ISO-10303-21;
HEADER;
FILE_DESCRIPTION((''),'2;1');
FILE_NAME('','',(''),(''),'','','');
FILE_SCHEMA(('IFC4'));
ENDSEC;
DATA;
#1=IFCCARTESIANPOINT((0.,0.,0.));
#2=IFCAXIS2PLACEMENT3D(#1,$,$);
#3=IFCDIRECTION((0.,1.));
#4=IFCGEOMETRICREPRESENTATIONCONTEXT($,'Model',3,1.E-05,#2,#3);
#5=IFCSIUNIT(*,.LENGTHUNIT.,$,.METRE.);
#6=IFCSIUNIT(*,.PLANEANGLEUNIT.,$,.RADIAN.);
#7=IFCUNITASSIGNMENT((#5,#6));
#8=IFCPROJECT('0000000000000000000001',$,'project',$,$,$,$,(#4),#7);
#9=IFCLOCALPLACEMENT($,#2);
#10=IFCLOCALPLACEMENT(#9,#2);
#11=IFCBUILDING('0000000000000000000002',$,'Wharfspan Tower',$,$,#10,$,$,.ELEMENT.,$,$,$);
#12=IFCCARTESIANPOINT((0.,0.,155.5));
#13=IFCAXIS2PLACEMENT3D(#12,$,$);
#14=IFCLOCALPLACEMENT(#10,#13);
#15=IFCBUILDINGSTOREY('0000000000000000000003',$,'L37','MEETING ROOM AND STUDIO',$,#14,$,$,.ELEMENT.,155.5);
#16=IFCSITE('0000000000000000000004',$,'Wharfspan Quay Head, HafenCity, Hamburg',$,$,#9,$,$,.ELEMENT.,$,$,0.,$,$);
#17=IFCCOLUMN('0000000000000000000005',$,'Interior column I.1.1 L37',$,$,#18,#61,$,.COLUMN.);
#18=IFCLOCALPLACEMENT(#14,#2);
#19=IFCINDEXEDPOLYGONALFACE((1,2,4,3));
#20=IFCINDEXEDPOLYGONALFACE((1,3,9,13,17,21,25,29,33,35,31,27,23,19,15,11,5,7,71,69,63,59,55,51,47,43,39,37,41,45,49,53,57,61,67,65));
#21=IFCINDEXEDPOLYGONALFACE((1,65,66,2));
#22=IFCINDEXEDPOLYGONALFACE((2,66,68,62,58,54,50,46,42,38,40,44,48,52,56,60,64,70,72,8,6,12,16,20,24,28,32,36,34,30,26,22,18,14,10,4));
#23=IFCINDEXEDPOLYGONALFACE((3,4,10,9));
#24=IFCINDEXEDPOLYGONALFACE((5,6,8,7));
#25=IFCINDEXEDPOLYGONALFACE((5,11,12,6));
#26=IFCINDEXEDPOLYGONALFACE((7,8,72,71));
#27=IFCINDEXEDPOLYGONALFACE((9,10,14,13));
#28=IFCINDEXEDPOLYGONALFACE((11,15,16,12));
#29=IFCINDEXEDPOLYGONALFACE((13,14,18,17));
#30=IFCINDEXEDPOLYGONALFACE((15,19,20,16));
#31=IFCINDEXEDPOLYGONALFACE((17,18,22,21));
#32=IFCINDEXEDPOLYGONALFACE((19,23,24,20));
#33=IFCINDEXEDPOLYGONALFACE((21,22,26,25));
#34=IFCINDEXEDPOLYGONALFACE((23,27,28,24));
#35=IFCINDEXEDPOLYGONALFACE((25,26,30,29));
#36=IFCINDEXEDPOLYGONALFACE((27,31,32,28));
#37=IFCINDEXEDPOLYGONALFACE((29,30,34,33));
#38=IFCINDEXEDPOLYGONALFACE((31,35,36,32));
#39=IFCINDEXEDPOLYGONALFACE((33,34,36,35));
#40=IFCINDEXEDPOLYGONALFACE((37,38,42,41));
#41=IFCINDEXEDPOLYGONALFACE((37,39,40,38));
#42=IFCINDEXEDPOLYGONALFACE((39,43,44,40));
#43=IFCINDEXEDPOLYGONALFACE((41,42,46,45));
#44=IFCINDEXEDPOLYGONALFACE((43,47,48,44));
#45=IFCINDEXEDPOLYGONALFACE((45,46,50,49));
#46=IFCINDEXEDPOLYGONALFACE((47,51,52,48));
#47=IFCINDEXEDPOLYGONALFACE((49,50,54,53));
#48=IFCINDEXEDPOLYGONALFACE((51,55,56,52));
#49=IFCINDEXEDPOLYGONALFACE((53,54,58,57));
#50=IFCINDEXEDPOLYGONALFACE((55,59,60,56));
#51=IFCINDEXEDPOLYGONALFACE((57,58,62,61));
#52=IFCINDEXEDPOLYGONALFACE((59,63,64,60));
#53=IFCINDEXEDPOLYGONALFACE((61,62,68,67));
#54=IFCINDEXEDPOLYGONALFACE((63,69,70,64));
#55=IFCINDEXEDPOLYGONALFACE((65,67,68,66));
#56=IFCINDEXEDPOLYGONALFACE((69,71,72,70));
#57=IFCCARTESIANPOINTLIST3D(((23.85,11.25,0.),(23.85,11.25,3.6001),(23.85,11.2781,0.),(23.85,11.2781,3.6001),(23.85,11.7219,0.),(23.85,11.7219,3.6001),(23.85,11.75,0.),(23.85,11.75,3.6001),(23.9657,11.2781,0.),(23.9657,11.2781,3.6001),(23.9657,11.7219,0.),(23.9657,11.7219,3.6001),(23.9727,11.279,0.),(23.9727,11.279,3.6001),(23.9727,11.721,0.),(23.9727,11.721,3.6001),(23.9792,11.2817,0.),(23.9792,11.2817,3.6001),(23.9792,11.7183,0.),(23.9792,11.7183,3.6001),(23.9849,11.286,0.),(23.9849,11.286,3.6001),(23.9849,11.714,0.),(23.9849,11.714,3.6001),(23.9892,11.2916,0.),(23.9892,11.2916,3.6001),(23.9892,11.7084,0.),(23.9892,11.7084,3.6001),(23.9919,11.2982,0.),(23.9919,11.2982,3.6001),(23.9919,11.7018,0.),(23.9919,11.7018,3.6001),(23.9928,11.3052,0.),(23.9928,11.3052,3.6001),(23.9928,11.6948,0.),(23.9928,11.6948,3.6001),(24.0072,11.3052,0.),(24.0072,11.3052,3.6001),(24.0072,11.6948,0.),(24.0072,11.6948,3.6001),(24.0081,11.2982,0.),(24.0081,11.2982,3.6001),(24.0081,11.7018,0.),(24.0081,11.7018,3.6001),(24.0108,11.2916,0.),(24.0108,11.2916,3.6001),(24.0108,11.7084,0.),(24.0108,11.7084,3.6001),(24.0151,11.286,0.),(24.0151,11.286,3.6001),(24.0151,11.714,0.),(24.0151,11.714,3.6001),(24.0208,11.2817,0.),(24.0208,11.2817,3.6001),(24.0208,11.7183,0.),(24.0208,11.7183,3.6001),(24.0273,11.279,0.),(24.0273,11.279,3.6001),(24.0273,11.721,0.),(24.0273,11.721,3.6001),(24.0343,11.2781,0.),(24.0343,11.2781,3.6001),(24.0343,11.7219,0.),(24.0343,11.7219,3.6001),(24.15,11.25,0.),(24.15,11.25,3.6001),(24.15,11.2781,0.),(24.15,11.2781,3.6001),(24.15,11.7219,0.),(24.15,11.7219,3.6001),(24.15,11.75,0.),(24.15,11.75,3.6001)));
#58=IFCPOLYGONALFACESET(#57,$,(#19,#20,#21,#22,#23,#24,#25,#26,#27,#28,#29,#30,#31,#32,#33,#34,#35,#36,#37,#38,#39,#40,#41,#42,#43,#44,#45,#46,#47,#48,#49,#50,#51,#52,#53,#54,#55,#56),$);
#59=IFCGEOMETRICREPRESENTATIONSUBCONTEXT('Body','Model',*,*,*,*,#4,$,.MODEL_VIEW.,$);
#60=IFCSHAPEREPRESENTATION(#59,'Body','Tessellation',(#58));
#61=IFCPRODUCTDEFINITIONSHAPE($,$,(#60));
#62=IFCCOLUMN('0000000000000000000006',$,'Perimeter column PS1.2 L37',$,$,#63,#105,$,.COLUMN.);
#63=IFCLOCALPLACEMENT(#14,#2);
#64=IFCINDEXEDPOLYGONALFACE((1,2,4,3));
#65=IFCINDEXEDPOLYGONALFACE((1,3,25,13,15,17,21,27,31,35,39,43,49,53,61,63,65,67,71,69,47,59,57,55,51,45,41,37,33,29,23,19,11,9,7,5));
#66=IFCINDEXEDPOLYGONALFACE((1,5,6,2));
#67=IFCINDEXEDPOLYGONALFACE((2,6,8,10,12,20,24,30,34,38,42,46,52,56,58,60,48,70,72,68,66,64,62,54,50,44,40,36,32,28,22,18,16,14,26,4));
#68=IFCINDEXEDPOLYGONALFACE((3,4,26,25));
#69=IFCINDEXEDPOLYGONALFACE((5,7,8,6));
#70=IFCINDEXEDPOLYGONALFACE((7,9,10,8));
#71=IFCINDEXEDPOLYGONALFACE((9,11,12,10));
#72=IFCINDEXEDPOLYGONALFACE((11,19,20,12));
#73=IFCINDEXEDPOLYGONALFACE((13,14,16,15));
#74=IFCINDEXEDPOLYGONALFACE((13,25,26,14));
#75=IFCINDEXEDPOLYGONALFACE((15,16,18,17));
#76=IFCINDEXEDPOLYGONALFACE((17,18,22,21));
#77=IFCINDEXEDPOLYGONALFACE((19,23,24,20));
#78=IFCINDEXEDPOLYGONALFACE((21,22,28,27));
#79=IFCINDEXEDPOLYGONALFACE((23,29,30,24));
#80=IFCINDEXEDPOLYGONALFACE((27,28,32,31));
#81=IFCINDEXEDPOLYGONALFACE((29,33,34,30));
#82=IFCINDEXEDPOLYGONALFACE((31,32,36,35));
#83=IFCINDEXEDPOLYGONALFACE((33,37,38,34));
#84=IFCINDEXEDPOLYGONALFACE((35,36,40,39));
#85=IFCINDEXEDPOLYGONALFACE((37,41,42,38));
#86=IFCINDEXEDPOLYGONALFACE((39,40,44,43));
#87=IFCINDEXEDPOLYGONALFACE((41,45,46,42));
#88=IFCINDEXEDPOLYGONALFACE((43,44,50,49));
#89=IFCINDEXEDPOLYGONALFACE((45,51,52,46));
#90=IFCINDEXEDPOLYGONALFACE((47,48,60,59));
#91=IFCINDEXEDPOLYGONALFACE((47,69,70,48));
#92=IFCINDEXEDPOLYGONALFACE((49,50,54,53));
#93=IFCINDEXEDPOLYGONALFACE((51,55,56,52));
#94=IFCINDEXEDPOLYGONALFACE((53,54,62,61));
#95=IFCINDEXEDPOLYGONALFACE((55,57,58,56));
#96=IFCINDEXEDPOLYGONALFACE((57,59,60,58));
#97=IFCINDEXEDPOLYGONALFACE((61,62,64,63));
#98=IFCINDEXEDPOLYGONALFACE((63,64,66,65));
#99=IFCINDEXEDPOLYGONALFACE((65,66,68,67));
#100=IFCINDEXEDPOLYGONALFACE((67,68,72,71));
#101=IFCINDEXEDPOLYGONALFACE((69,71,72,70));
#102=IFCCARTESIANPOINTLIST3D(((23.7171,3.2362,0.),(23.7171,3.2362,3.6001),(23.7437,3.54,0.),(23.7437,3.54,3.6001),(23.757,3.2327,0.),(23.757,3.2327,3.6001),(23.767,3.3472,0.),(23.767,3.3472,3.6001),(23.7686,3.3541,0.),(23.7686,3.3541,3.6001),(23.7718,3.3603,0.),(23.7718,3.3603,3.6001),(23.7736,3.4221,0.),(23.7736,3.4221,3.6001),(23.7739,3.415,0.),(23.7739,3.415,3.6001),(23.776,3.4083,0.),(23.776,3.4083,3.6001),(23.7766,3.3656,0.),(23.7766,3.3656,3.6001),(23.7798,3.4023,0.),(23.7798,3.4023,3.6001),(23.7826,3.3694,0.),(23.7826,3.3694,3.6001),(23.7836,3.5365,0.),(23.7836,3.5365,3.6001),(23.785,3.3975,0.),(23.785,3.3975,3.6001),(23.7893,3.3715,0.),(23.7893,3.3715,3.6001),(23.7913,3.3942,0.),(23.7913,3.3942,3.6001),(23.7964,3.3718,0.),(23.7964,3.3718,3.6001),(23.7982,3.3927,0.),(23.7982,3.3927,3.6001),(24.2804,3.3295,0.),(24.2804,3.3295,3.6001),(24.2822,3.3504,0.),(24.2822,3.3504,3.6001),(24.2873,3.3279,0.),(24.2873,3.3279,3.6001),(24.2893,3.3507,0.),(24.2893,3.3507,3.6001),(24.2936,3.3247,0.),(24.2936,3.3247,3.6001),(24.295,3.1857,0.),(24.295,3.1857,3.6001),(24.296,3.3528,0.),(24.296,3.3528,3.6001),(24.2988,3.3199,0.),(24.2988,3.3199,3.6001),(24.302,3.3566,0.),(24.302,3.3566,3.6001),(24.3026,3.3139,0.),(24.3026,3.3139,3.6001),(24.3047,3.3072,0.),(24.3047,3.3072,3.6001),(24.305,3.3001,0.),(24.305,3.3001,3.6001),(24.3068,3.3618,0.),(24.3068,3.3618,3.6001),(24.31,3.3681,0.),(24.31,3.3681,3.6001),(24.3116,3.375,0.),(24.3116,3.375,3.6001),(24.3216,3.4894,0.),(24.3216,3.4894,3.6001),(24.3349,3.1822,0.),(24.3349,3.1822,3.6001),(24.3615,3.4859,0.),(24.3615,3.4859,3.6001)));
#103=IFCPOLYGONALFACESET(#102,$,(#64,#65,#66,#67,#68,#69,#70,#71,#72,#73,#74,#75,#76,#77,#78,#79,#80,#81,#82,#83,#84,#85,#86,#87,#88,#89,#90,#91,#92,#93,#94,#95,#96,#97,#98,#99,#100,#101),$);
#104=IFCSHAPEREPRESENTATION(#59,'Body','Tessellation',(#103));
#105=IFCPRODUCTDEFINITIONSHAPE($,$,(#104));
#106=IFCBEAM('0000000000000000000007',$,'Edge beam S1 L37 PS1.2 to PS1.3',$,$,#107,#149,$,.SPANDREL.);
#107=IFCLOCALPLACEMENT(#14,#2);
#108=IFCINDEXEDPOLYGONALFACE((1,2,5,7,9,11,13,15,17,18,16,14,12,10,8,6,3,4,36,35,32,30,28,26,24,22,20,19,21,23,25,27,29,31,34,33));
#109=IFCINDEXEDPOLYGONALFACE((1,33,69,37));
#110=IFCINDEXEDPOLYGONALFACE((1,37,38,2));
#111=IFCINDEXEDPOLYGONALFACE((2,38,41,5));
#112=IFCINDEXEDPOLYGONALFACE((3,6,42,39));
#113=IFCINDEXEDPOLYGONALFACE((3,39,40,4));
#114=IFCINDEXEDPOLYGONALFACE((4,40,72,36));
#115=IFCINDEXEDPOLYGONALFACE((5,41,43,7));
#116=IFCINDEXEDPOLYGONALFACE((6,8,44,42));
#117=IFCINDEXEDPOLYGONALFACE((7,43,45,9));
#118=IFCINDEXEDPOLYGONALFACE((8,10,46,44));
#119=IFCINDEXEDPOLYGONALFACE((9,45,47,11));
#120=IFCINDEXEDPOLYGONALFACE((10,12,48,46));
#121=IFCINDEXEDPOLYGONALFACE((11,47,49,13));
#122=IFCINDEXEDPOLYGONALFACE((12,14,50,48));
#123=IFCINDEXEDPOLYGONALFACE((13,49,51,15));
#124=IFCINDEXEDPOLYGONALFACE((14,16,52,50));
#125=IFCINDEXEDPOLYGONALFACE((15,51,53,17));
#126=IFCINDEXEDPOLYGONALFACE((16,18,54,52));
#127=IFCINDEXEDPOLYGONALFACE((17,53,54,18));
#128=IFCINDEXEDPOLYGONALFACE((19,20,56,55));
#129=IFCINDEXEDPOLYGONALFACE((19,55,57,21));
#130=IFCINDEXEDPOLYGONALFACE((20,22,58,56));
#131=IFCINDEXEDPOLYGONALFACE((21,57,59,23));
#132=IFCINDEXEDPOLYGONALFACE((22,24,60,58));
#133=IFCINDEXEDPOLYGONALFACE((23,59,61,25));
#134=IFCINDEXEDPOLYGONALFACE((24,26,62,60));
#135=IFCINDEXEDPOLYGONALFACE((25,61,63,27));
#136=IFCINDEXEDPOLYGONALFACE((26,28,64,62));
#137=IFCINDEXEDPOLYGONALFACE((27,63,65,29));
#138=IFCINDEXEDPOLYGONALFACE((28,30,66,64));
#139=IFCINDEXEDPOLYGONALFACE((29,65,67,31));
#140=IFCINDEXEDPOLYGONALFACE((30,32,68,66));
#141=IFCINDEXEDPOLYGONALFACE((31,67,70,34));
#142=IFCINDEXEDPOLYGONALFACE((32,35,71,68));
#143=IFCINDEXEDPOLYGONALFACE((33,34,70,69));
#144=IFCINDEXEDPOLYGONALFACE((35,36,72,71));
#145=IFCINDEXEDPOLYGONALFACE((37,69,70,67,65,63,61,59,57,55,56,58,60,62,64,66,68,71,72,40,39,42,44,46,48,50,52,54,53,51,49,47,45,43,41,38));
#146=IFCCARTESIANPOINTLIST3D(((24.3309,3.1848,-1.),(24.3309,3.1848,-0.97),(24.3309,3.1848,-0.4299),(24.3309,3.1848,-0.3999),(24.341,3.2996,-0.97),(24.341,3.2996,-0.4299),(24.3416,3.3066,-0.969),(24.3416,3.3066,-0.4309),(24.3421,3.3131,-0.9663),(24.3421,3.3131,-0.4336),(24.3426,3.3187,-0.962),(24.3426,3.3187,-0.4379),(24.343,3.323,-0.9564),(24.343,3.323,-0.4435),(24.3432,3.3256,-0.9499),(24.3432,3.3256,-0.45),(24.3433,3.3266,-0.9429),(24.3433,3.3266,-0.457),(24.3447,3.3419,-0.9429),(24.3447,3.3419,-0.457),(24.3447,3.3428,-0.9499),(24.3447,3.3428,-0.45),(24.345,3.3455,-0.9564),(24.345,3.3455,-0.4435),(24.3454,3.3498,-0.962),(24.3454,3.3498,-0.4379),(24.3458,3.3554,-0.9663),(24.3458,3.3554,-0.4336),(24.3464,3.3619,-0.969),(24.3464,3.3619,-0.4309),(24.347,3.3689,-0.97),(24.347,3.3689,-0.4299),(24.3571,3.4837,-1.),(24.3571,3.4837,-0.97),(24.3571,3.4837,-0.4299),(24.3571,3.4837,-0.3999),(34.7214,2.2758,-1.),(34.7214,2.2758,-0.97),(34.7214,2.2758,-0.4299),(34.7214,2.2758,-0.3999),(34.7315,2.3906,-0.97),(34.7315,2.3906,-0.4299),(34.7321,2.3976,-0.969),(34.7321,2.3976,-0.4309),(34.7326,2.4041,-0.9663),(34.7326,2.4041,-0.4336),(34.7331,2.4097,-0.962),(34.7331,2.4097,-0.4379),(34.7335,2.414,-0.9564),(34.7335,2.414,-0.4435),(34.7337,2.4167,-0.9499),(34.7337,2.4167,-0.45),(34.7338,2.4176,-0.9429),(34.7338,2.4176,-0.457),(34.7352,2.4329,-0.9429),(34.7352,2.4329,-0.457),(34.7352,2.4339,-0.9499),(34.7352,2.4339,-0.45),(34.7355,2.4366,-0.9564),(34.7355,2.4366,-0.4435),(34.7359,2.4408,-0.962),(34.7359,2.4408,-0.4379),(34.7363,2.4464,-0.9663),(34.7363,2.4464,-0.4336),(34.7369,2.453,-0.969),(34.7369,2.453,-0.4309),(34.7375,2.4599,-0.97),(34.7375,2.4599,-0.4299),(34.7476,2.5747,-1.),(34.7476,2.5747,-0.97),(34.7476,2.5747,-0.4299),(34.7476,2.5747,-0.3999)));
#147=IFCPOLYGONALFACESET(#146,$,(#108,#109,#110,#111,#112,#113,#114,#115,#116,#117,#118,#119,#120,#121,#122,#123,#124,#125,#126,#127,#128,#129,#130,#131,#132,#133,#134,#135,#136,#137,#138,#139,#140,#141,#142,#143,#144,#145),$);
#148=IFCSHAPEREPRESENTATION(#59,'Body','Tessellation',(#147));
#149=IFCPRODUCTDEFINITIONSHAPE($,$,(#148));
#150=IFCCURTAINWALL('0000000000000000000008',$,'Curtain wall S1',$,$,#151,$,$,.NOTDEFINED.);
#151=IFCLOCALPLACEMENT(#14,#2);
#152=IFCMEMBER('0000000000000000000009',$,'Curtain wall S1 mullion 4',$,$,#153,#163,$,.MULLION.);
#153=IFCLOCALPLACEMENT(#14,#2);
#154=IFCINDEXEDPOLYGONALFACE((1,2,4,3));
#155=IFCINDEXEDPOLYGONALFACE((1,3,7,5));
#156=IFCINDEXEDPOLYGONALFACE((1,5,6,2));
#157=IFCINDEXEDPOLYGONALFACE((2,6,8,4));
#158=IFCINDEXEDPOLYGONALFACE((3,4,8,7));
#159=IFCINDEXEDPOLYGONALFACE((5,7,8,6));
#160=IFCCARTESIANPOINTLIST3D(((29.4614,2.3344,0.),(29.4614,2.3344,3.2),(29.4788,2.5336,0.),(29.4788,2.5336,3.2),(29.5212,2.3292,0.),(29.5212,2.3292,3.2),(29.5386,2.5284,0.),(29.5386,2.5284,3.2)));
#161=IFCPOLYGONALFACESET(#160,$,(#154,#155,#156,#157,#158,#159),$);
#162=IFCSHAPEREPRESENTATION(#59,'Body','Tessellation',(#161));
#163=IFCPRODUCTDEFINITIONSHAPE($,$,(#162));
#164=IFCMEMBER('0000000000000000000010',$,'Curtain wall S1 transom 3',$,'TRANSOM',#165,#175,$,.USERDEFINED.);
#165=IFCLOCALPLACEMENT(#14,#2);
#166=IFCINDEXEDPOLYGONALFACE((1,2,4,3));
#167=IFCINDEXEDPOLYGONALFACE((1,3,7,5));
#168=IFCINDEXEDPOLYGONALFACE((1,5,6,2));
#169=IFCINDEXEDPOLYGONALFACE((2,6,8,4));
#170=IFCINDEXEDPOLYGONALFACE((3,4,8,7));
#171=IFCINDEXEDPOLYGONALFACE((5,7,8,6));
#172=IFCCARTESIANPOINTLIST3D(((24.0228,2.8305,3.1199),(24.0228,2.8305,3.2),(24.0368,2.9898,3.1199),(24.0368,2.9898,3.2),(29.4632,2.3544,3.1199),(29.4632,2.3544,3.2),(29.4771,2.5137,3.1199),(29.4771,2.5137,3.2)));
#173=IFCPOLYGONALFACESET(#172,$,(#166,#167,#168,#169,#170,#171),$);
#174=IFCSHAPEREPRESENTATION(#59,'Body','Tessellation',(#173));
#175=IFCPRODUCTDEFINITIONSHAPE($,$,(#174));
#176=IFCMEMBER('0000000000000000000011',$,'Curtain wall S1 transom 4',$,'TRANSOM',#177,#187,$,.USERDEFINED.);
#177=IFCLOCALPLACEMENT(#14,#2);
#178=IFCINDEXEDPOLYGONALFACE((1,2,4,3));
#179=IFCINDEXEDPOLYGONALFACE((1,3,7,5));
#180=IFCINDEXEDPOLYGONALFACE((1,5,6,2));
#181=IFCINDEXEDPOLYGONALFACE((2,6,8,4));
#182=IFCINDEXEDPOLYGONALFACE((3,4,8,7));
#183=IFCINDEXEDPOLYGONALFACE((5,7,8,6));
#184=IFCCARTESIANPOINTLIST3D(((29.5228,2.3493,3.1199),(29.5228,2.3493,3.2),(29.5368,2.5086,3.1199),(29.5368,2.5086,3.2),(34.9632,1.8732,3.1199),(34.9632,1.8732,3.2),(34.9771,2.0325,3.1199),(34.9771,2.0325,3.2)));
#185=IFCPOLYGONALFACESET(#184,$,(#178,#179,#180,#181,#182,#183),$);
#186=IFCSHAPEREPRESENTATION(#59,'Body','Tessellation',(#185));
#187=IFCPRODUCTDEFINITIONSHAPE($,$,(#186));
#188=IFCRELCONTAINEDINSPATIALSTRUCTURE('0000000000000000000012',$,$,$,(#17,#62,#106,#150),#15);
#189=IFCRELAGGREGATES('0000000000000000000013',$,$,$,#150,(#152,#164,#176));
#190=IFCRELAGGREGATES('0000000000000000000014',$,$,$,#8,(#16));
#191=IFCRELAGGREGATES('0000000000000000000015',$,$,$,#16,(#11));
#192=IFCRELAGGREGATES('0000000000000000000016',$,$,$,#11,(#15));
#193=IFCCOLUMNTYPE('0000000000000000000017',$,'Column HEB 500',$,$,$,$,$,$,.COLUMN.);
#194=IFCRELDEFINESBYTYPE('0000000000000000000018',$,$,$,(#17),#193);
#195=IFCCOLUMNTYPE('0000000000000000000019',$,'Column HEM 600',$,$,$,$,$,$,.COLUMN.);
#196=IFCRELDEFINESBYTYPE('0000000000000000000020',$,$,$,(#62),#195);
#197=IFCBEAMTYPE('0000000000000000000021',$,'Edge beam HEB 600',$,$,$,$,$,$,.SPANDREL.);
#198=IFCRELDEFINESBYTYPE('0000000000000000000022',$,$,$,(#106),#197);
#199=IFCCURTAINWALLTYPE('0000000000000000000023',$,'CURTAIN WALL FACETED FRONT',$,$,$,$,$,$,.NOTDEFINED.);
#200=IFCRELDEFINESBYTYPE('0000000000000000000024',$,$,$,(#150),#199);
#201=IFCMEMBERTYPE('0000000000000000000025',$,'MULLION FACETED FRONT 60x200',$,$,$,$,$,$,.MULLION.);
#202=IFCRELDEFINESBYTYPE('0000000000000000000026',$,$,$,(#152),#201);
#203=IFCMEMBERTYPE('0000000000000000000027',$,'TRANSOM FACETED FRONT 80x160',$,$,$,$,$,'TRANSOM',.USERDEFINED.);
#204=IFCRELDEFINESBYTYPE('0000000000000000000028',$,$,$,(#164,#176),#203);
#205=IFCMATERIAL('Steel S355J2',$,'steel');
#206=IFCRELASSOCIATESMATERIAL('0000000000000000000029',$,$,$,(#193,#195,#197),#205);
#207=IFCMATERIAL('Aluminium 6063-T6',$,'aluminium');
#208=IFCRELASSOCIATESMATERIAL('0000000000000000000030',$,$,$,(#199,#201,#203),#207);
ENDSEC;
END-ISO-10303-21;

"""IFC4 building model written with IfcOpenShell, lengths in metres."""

from ifc_helpers import new_model, si_unit, direction, frame, origin, origin_2d, place, context, subcontext, project, spatial, rectangle, i_section, extrude, material, material_profile, profile_set, type_object, element, aggregate, save


model = new_model("IFC4")

# Units and contexts
model_context = context("Model", 3, precision=1e-05, world=origin(), true_north=direction((0.0, 1.0)))
body_context = subcontext(model_context, "Body", "Model", "MODEL_VIEW")
ifc_project = project(units=[si_unit("LENGTHUNIT", "METRE"), si_unit("PLANEANGLEUNIT", "RADIAN")], contexts=[model_context])

# Site, building, storey
site_placement = place(None, origin())
site = spatial("IfcSite", under=ifc_project, at=site_placement, Name="Wharfspan Quay Head, HafenCity, Hamburg", CompositionType="ELEMENT", RefElevation=0.0)
building_placement = place(site_placement, origin())
building = spatial("IfcBuilding", under=site, at=building_placement, Name="Wharfspan Tower", CompositionType="ELEMENT")
storey_placement = place(building_placement, frame((0.0, 0.0, 155.5)))
storey = spatial("IfcBuildingStorey", under=building, at=storey_placement, Name="L37", Description="MEETING ROOM AND STUDIO", CompositionType="ELEMENT", Elevation=155.5)

# Columns
ifc_material_1 = material(Name="Steel S355J2", Category="steel")
ifc_material_profile_1 = material_profile(ifc_material_1, i_section(OverallWidth=0.3, OverallDepth=0.5, WebThickness=0.0144, FlangeThickness=0.0281, FilletRadius=0.0271, at=origin_2d()))
ifc_profile_set_1 = profile_set([ifc_material_profile_1], Name="Steel S355J2")
column_type_1 = type_object("IfcColumnType", Name="Column HEB 500", PredefinedType="COLUMN", material=ifc_profile_set_1)
column_1_placement = place(storey_placement, frame((24.0, 11.5, 0.0), z_axis=(0.0, 0.0, 1.0), x_axis=(1.0, 0.0, 0.0)))
element("IfcColumn", 1, at=column_1_placement, inside=storey, type_object=column_type_1, Name="Interior column I.1.1 L37", PredefinedType="COLUMN", context=body_context, shape_type="SweptSolid", body=[
    extrude(i_section(OverallWidth=0.3, OverallDepth=0.5, WebThickness=0.0144, FlangeThickness=0.0281, FilletRadius=0.0271, at=origin_2d()), origin(), (0.0, 0.0, 1.0), 3.6001),
])
ifc_material_profile_2 = material_profile(ifc_material_1, i_section(OverallWidth=0.3049, OverallDepth=0.6201, WebThickness=0.021, FlangeThickness=0.04, FilletRadius=0.0271, at=origin_2d()))
ifc_profile_set_2 = profile_set([ifc_material_profile_2], Name="Steel S355J2")
column_type_2 = type_object("IfcColumnType", Name="Column HEM 600", PredefinedType="COLUMN", material=ifc_profile_set_2)
column_2_placement = place(storey_placement, frame((24.0393, 3.3611, 0.0), z_axis=(0.0, 0.0, 1.0), x_axis=(-0.087156, -0.996198, 0.0)))
element("IfcColumn", 2, at=column_2_placement, inside=storey, type_object=column_type_2, Name="Perimeter column PS1.2 L37", PredefinedType="COLUMN", context=body_context, shape_type="SweptSolid", body=[
    extrude(i_section(OverallWidth=0.3049, OverallDepth=0.6201, WebThickness=0.021, FlangeThickness=0.04, FilletRadius=0.0271, at=origin_2d()), origin(), (0.0, 0.0, 1.0), 3.6001),
])

# Beam
ifc_material_profile_3 = material_profile(ifc_material_1, i_section(OverallWidth=0.3, OverallDepth=0.6001, WebThickness=0.0154, FlangeThickness=0.03, FilletRadius=0.0271, at=origin_2d()))
ifc_profile_set_3 = profile_set([ifc_material_profile_3], Name="Steel S355J2")
beam_type = type_object("IfcBeamType", Name="Edge beam HEB 600", PredefinedType="SPANDREL", material=ifc_profile_set_3)
beam_placement = place(storey_placement, frame((24.344, 3.3342, -0.7), z_axis=(0.996196, -0.087146, 0.0), x_axis=(0.087146, 0.996196, 0.0)))
element("IfcBeam", 3, at=beam_placement, inside=storey, type_object=beam_type, Name="Edge beam S1 L37 PS1.2 to PS1.3", PredefinedType="SPANDREL", context=body_context, shape_type="SweptSolid", body=[
    extrude(i_section(OverallWidth=0.3, OverallDepth=0.6001, WebThickness=0.0154, FlangeThickness=0.03, FilletRadius=0.0271, at=origin_2d()), origin(), (0.0, 0.0, 1.0), 10.4302),
])

# Curtain wall, members
ifc_material_2 = material(Name="Aluminium 6063-T6", Category="aluminium")
curtain_wall_type = type_object("IfcCurtainWallType", Name="CURTAIN WALL FACETED FRONT", PredefinedType="NOTDEFINED", material=ifc_material_2)
curtain_wall_placement = place(storey_placement, origin())
curtain_wall = element("IfcCurtainWall", 4, at=curtain_wall_placement, inside=storey, type_object=curtain_wall_type, Name="Curtain wall S1", PredefinedType="NOTDEFINED")
ifc_material_profile_4 = material_profile(ifc_material_2, rectangle(XDim=0.2, YDim=0.0601, at=origin_2d()))
ifc_profile_set_4 = profile_set([ifc_material_profile_4], Name="Aluminium 6063-T6")
member_type_1 = type_object("IfcMemberType", Name="MULLION FACETED FRONT 60x200", PredefinedType="MULLION", material=ifc_profile_set_4)
member_1_placement = place(storey_placement, frame((29.5, 2.4314, 0.0), z_axis=(0.0, 0.0, 1.0), x_axis=(0.087156, 0.996198, 0.0)))
member_1 = element("IfcMember", 5, at=member_1_placement, type_object=member_type_1, Name="Curtain wall S1 mullion 4", PredefinedType="MULLION", context=body_context, shape_type="SweptSolid", body=[
    extrude(rectangle(XDim=0.2, YDim=0.0601, at=origin_2d()), origin(), (0.0, 0.0, 1.0), 3.2),
])
ifc_material_profile_5 = material_profile(ifc_material_2, rectangle(XDim=0.1599, YDim=0.0801, at=origin_2d()))
ifc_profile_set_5 = profile_set([ifc_material_profile_5], Name="Aluminium 6063-T6")
member_type_2 = type_object("IfcMemberType", Name="TRANSOM FACETED FRONT 80x160", ElementType="TRANSOM", PredefinedType="USERDEFINED", material=ifc_profile_set_5)
member_2_placement = place(storey_placement, frame((24.0298, 2.9102, 3.1599), z_axis=(0.996193, -0.087174, 0.0), x_axis=(0.087174, 0.996193, 0.0)))
member_2 = element("IfcMember", 6, at=member_2_placement, type_object=member_type_2, Name="Curtain wall S1 transom 3", ObjectType="TRANSOM", PredefinedType="USERDEFINED", context=body_context, shape_type="SweptSolid", body=[
    extrude(rectangle(XDim=0.1599, YDim=0.0801, at=origin_2d()), origin(), (0.0, 0.0, 1.0), 5.4612),
])
member_3_placement = place(storey_placement, frame((29.5298, 2.429, 3.1599), z_axis=(0.996193, -0.087174, 0.0), x_axis=(0.087174, 0.996193, 0.0)))
member_3 = element("IfcMember", 7, at=member_3_placement, type_object=member_type_2, Name="Curtain wall S1 transom 4", ObjectType="TRANSOM", PredefinedType="USERDEFINED", context=body_context, shape_type="SweptSolid", body=[
    extrude(rectangle(XDim=0.1599, YDim=0.0801, at=origin_2d()), origin(), (0.0, 0.0, 1.0), 5.4612),
])
aggregate(curtain_wall, [member_1, member_2, member_3])

save(model, "model.ifc")
